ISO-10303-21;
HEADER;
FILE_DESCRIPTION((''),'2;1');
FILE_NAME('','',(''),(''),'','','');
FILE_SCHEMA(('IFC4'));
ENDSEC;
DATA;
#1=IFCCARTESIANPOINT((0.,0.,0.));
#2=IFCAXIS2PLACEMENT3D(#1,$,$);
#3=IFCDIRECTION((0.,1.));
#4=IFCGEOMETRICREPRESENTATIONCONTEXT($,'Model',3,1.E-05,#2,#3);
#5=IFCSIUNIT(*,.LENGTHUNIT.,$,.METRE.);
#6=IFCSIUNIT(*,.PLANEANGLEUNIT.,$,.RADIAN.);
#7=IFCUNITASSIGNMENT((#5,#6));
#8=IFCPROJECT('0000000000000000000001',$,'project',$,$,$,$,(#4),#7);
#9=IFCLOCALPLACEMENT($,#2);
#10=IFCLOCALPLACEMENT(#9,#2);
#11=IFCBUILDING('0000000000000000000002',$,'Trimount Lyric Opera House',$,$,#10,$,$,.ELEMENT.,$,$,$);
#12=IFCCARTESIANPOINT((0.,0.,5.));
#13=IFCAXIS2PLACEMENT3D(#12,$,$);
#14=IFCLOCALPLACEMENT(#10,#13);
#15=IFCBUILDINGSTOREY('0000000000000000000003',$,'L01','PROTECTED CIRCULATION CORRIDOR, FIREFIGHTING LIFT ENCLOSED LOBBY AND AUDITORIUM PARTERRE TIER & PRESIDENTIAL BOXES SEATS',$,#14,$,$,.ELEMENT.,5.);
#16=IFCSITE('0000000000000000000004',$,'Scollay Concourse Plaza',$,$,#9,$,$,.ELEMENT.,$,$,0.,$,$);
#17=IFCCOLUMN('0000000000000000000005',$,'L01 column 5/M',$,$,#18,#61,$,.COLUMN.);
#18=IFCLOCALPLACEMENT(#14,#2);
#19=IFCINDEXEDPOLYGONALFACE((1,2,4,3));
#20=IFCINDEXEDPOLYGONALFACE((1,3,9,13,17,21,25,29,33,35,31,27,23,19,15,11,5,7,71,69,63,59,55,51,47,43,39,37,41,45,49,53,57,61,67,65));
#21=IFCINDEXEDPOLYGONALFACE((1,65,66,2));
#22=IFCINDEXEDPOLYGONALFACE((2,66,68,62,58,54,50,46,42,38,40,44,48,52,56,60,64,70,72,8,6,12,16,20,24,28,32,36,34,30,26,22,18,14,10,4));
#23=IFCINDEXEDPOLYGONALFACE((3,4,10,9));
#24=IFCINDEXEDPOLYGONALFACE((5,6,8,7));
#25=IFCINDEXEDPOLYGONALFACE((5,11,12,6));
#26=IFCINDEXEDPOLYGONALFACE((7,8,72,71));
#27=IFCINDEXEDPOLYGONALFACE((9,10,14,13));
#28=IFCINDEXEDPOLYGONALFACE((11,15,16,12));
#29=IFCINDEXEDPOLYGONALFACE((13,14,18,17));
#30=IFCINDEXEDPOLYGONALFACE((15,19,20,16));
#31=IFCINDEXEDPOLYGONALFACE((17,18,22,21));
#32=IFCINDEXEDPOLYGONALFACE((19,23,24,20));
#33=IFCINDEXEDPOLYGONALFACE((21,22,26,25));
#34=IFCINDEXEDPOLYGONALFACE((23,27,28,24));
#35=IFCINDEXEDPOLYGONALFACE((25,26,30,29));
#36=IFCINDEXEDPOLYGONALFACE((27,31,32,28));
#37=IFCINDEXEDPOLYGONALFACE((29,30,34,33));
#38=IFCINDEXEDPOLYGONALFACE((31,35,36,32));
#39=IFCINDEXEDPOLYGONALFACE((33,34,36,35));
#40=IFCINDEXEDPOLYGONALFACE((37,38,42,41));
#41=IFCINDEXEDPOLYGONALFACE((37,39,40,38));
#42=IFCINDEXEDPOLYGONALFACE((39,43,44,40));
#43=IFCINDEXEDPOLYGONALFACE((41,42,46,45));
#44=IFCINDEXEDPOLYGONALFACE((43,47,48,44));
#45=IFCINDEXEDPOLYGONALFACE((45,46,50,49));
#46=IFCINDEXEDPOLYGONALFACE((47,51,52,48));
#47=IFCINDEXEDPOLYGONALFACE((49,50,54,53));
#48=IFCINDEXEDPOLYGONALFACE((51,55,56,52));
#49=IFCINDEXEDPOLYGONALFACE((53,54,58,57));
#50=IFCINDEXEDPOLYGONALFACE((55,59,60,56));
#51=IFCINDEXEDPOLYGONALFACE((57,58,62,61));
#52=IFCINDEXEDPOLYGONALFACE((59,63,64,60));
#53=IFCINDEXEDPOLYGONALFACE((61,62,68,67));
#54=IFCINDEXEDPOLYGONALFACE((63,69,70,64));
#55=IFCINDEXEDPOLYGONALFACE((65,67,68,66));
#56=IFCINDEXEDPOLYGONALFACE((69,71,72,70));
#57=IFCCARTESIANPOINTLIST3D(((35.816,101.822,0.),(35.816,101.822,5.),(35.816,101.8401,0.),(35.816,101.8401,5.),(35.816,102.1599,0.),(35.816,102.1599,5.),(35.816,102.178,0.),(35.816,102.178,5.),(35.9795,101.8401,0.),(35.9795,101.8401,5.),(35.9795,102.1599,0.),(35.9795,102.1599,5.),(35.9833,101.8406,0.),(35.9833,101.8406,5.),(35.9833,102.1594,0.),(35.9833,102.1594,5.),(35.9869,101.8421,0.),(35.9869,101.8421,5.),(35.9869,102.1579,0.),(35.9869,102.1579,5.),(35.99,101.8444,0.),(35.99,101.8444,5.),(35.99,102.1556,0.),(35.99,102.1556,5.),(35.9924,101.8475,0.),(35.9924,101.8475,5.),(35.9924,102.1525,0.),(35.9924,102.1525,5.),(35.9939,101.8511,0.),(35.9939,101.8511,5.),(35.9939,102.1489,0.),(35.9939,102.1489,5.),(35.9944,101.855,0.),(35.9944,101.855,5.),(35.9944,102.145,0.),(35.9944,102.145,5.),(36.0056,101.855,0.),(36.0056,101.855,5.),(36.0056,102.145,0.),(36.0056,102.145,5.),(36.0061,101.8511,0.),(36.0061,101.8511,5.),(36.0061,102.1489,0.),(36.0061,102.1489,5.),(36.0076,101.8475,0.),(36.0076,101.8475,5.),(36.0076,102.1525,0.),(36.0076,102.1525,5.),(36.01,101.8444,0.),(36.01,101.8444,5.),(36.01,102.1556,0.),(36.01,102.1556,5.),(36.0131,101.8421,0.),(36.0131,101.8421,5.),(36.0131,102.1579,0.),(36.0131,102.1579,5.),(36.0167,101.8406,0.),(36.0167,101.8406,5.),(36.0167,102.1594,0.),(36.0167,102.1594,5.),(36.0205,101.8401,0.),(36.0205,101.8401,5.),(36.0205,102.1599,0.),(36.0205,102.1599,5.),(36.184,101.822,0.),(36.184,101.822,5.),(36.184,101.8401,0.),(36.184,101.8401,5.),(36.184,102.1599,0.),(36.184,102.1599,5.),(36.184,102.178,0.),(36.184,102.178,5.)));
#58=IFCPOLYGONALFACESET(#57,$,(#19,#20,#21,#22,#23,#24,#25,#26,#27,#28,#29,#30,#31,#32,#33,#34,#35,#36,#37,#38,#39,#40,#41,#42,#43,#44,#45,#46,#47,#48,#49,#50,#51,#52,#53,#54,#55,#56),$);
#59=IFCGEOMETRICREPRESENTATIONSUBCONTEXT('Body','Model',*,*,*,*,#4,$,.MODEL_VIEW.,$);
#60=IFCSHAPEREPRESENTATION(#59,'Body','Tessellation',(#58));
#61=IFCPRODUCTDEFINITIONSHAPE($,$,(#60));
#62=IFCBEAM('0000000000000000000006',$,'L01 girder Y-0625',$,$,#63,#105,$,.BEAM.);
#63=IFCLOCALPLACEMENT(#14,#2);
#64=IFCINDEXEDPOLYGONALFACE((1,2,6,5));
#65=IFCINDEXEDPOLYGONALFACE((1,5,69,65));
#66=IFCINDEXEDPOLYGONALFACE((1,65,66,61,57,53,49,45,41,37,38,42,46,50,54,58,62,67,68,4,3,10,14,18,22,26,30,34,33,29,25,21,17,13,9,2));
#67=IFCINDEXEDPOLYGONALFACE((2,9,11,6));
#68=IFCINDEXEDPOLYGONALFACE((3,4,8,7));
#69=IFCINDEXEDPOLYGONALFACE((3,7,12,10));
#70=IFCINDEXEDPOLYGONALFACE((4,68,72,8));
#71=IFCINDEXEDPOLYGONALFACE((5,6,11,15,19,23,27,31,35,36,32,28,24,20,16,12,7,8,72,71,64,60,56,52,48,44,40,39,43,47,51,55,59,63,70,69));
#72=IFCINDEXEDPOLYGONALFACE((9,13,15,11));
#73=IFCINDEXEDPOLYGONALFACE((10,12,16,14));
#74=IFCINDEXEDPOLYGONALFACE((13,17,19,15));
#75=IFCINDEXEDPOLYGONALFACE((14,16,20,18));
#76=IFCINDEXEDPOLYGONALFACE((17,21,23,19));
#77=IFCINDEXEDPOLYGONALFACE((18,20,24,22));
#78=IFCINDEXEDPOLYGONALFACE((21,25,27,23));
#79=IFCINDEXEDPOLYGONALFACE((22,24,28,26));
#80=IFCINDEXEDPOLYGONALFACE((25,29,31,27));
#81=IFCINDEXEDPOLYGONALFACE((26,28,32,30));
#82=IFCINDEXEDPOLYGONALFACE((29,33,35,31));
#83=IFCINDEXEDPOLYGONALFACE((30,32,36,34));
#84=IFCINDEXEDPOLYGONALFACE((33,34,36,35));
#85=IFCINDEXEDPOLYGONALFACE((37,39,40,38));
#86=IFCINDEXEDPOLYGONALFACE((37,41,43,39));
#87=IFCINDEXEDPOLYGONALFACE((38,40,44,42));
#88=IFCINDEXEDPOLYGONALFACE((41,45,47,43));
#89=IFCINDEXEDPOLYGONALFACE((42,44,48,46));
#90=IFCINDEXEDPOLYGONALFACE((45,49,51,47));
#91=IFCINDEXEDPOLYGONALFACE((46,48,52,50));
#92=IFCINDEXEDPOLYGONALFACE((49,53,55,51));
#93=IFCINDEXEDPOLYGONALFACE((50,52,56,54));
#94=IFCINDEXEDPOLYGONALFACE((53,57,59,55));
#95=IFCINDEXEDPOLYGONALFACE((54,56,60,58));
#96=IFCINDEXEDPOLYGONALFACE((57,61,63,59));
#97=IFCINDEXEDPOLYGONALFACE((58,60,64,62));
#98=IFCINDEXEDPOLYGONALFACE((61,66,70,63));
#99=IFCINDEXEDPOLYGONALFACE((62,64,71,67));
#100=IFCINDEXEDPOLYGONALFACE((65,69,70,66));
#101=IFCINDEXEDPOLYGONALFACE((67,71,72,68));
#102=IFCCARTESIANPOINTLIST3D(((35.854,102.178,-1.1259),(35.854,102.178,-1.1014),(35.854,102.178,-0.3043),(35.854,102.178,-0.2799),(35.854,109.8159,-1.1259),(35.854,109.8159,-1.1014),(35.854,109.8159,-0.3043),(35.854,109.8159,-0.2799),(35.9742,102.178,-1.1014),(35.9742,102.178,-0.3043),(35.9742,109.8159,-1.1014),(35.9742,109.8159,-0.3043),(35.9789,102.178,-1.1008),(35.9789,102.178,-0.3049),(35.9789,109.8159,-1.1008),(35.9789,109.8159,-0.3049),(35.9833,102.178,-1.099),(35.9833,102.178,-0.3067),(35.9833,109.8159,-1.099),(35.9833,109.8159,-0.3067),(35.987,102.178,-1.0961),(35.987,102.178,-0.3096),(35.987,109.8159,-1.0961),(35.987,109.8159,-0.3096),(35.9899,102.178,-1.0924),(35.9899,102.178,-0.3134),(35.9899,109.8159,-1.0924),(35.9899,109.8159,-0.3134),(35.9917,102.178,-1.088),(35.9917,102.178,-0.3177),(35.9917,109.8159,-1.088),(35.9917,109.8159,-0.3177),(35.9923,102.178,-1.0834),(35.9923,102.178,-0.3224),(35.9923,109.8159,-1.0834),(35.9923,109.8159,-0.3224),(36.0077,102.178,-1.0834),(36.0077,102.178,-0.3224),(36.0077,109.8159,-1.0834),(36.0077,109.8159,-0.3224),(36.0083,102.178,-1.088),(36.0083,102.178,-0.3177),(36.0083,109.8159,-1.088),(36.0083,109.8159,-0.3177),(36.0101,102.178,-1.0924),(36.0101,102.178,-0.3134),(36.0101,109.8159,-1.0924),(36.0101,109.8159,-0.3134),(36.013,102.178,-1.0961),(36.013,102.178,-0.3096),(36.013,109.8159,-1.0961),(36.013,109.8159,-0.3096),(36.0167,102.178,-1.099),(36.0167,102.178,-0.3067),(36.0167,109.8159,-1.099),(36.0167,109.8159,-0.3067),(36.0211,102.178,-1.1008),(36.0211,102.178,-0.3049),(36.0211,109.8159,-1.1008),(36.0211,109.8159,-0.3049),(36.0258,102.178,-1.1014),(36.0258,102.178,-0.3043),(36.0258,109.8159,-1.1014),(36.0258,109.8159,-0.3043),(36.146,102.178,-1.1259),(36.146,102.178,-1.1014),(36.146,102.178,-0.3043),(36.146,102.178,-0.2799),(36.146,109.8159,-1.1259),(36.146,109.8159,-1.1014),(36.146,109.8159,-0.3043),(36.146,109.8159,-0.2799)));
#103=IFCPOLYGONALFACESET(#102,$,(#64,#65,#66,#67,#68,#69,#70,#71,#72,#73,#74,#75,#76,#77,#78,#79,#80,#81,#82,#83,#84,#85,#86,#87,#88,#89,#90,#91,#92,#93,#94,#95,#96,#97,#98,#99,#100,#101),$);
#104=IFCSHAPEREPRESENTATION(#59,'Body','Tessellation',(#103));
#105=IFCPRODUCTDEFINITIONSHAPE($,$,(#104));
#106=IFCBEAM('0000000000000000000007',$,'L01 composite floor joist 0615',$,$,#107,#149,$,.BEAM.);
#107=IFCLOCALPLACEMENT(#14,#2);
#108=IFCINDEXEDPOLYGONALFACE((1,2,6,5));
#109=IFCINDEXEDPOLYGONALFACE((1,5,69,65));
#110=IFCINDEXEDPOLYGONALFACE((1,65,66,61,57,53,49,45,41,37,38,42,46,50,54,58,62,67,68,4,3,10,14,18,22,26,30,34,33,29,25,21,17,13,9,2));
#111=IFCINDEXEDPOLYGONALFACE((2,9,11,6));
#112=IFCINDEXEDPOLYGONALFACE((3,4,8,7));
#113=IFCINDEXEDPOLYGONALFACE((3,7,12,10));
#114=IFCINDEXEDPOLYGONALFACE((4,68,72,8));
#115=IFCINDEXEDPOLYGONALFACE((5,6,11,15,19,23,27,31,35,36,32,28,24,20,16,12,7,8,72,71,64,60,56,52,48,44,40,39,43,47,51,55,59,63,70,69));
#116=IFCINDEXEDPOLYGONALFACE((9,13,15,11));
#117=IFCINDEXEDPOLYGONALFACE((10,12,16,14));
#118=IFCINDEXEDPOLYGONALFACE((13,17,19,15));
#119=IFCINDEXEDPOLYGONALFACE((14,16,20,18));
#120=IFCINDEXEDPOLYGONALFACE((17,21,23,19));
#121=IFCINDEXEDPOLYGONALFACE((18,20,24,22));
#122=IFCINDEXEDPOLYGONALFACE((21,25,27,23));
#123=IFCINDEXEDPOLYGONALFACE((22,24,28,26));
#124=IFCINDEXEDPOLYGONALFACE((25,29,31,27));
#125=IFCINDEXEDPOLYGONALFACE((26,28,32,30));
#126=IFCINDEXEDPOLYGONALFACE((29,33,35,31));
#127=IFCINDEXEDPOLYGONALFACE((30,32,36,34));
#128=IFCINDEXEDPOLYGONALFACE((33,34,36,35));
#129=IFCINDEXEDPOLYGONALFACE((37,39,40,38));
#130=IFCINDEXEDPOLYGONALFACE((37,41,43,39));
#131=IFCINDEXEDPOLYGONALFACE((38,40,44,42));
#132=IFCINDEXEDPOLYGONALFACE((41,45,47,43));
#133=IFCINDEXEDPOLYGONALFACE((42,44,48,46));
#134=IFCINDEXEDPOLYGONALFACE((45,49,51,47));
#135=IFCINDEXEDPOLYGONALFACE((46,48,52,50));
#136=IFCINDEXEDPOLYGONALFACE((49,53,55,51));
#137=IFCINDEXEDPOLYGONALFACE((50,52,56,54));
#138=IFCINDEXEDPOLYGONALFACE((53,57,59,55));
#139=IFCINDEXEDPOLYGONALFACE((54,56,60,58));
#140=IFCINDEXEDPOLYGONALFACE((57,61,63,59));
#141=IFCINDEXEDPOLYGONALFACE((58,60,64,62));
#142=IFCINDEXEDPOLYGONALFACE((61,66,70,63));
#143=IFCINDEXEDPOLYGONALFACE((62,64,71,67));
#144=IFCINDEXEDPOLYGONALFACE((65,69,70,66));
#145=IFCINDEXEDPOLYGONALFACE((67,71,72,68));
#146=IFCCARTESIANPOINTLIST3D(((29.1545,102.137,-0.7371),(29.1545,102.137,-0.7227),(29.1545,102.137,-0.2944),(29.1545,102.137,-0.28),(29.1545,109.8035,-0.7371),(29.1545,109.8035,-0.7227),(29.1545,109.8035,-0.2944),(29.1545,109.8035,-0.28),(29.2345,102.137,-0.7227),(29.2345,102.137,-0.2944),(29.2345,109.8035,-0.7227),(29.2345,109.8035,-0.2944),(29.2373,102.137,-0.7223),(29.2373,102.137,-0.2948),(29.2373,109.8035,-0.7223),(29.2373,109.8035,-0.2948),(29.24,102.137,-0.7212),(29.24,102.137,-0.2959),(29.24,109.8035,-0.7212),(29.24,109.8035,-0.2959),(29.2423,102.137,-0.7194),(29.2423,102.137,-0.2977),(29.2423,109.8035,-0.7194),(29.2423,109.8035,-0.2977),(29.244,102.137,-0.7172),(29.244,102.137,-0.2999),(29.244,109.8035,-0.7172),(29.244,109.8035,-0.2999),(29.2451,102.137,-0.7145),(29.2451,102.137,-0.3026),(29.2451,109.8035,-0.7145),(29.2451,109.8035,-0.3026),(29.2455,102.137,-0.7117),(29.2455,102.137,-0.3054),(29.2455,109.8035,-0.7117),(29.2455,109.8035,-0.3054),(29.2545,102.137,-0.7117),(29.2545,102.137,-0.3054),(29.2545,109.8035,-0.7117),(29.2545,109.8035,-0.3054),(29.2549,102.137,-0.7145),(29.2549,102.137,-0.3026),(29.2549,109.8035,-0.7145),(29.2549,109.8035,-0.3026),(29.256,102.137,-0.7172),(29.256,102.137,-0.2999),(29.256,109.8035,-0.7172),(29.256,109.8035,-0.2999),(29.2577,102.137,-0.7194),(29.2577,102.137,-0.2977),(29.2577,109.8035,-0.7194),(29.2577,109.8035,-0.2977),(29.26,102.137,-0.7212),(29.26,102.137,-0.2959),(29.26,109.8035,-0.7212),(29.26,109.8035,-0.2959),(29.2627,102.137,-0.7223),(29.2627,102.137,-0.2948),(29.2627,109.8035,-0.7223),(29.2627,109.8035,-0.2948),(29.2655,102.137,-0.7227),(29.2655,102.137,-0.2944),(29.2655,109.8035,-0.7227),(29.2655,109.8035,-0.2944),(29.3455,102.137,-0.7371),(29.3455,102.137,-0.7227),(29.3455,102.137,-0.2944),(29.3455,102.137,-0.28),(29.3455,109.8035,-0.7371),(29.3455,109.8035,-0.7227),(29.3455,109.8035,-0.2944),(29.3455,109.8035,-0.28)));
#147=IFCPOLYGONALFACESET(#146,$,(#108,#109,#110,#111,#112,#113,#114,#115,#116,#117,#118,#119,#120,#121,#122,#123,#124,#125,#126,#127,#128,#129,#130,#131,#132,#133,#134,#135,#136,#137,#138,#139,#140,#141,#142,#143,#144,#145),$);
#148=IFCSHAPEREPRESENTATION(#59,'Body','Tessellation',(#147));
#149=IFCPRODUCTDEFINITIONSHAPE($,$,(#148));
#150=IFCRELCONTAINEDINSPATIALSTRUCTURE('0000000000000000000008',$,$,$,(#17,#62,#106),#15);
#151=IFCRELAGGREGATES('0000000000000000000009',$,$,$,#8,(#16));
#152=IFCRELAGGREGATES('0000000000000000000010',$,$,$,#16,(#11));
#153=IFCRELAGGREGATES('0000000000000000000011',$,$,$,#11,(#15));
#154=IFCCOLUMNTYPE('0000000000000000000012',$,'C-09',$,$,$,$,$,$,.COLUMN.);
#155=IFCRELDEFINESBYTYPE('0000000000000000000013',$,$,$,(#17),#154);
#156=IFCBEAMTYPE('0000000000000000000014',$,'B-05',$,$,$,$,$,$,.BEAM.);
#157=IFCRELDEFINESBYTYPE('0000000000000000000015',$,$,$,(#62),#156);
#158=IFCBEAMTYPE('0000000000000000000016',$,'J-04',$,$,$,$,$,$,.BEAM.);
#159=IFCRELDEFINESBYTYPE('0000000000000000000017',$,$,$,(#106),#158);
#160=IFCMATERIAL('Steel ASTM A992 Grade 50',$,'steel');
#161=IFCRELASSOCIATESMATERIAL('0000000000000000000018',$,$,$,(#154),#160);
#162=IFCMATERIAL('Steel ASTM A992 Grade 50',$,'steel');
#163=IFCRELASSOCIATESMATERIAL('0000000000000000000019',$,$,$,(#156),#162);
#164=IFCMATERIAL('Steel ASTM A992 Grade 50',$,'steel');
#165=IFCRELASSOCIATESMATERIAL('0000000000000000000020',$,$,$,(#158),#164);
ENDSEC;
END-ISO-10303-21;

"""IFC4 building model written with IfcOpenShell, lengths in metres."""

from ifc_helpers import new_model, si_unit, direction, frame, origin, origin_2d, place, context, subcontext, project, spatial, i_section, extrude, material, material_profile, profile_set, type_object, element, save


model = new_model("IFC4")

# Units and contexts
model_context = context("Model", 3, precision=1e-05, world=origin(), true_north=direction((0.0, 1.0)))
body_context = subcontext(model_context, "Body", "Model", "MODEL_VIEW")
ifc_project = project(units=[si_unit("LENGTHUNIT", "METRE"), si_unit("PLANEANGLEUNIT", "RADIAN")], contexts=[model_context])

# Site, building, storey
site_placement = place(None, origin())
site = spatial("IfcSite", under=ifc_project, at=site_placement, Name="Scollay Concourse Plaza", CompositionType="ELEMENT", RefElevation=0.0)
building_placement = place(site_placement, origin())
building = spatial("IfcBuilding", under=site, at=building_placement, Name="Trimount Lyric Opera House", CompositionType="ELEMENT")
storey_placement = place(building_placement, frame((0.0, 0.0, 5.0)))
storey = spatial("IfcBuildingStorey", under=building, at=storey_placement, Name="L01", Description="PROTECTED CIRCULATION CORRIDOR, FIREFIGHTING LIFT ENCLOSED LOBBY AND AUDITORIUM PARTERRE TIER & PRESIDENTIAL BOXES SEATS", CompositionType="ELEMENT", Elevation=5.0)

# Column
ifc_material_1 = material(Name="Steel ASTM A992 Grade 50", Category="steel")
ifc_material_profile_1 = material_profile(ifc_material_1, i_section(OverallWidth=0.3679, OverallDepth=0.356, WebThickness=0.0112, FlangeThickness=0.0181, FilletRadius=0.0149, at=origin_2d()), Name="W14X90")
ifc_profile_set_1 = profile_set([ifc_material_profile_1], Name="Steel ASTM A992 Grade 50")
column_type = type_object("IfcColumnType", Name="C-09", PredefinedType="COLUMN", material=ifc_profile_set_1)
column_placement = place(storey_placement, frame((36.0, 102.0, 0.0), z_axis=(0.0, 0.0, 1.0), x_axis=(1.0, 0.0, 0.0)))
element("IfcColumn", 1, at=column_placement, inside=storey, type_object=column_type, Name="L01 column 5/M", PredefinedType="COLUMN", context=body_context, shape_type="SweptSolid", body=[
    extrude(i_section(OverallWidth=0.3679, OverallDepth=0.356, WebThickness=0.0112, FlangeThickness=0.0181, FilletRadius=0.0149, at=origin_2d()), origin(), (0.0, 0.0, 1.0), 5.0),
])

# Beams
ifc_material_2 = material(Name="Steel ASTM A992 Grade 50", Category="steel")
ifc_material_profile_2 = material_profile(ifc_material_2, i_section(OverallWidth=0.292, OverallDepth=0.8459, WebThickness=0.0154, FlangeThickness=0.0244, FilletRadius=0.0181, at=origin_2d()), Name="W33X141")
ifc_profile_set_2 = profile_set([ifc_material_profile_2], Name="Steel ASTM A992 Grade 50")
beam_type_1 = type_object("IfcBeamType", Name="B-05", PredefinedType="BEAM", material=ifc_profile_set_2)
beam_1_placement = place(storey_placement, frame((36.0, 102.178, -0.7029), z_axis=(0.0, 1.0, 0.0), x_axis=(-1.0, 0.0, 0.0)))
element("IfcBeam", 2, at=beam_1_placement, inside=storey, type_object=beam_type_1, Name="L01 girder Y-0625", PredefinedType="BEAM", context=body_context, shape_type="SweptSolid", body=[
    extrude(i_section(OverallWidth=0.292, OverallDepth=0.8459, WebThickness=0.0154, FlangeThickness=0.0244, FilletRadius=0.0181, at=origin_2d()), origin(), (0.0, 0.0, 1.0), 7.6379),
])
ifc_material_3 = material(Name="Steel ASTM A992 Grade 50", Category="steel")
ifc_material_profile_3 = material_profile(ifc_material_3, i_section(OverallWidth=0.1909, OverallDepth=0.457, WebThickness=0.009, FlangeThickness=0.0144, FilletRadius=0.011, at=origin_2d()), Name="W18X50")
ifc_profile_set_3 = profile_set([ifc_material_profile_3], Name="Steel ASTM A992 Grade 50")
beam_type_2 = type_object("IfcBeamType", Name="J-04", PredefinedType="BEAM", material=ifc_profile_set_3)
beam_2_placement = place(storey_placement, frame((29.25, 102.137, -0.5085), z_axis=(0.0, 1.0, 0.0), x_axis=(-1.0, 0.0, 0.0)))
element("IfcBeam", 3, at=beam_2_placement, inside=storey, type_object=beam_type_2, Name="L01 composite floor joist 0615", PredefinedType="BEAM", context=body_context, shape_type="SweptSolid", body=[
    extrude(i_section(OverallWidth=0.1909, OverallDepth=0.457, WebThickness=0.009, FlangeThickness=0.0144, FilletRadius=0.011, at=origin_2d()), origin(), (0.0, 0.0, 1.0), 7.6665),
])

save(model, "model.ifc")
